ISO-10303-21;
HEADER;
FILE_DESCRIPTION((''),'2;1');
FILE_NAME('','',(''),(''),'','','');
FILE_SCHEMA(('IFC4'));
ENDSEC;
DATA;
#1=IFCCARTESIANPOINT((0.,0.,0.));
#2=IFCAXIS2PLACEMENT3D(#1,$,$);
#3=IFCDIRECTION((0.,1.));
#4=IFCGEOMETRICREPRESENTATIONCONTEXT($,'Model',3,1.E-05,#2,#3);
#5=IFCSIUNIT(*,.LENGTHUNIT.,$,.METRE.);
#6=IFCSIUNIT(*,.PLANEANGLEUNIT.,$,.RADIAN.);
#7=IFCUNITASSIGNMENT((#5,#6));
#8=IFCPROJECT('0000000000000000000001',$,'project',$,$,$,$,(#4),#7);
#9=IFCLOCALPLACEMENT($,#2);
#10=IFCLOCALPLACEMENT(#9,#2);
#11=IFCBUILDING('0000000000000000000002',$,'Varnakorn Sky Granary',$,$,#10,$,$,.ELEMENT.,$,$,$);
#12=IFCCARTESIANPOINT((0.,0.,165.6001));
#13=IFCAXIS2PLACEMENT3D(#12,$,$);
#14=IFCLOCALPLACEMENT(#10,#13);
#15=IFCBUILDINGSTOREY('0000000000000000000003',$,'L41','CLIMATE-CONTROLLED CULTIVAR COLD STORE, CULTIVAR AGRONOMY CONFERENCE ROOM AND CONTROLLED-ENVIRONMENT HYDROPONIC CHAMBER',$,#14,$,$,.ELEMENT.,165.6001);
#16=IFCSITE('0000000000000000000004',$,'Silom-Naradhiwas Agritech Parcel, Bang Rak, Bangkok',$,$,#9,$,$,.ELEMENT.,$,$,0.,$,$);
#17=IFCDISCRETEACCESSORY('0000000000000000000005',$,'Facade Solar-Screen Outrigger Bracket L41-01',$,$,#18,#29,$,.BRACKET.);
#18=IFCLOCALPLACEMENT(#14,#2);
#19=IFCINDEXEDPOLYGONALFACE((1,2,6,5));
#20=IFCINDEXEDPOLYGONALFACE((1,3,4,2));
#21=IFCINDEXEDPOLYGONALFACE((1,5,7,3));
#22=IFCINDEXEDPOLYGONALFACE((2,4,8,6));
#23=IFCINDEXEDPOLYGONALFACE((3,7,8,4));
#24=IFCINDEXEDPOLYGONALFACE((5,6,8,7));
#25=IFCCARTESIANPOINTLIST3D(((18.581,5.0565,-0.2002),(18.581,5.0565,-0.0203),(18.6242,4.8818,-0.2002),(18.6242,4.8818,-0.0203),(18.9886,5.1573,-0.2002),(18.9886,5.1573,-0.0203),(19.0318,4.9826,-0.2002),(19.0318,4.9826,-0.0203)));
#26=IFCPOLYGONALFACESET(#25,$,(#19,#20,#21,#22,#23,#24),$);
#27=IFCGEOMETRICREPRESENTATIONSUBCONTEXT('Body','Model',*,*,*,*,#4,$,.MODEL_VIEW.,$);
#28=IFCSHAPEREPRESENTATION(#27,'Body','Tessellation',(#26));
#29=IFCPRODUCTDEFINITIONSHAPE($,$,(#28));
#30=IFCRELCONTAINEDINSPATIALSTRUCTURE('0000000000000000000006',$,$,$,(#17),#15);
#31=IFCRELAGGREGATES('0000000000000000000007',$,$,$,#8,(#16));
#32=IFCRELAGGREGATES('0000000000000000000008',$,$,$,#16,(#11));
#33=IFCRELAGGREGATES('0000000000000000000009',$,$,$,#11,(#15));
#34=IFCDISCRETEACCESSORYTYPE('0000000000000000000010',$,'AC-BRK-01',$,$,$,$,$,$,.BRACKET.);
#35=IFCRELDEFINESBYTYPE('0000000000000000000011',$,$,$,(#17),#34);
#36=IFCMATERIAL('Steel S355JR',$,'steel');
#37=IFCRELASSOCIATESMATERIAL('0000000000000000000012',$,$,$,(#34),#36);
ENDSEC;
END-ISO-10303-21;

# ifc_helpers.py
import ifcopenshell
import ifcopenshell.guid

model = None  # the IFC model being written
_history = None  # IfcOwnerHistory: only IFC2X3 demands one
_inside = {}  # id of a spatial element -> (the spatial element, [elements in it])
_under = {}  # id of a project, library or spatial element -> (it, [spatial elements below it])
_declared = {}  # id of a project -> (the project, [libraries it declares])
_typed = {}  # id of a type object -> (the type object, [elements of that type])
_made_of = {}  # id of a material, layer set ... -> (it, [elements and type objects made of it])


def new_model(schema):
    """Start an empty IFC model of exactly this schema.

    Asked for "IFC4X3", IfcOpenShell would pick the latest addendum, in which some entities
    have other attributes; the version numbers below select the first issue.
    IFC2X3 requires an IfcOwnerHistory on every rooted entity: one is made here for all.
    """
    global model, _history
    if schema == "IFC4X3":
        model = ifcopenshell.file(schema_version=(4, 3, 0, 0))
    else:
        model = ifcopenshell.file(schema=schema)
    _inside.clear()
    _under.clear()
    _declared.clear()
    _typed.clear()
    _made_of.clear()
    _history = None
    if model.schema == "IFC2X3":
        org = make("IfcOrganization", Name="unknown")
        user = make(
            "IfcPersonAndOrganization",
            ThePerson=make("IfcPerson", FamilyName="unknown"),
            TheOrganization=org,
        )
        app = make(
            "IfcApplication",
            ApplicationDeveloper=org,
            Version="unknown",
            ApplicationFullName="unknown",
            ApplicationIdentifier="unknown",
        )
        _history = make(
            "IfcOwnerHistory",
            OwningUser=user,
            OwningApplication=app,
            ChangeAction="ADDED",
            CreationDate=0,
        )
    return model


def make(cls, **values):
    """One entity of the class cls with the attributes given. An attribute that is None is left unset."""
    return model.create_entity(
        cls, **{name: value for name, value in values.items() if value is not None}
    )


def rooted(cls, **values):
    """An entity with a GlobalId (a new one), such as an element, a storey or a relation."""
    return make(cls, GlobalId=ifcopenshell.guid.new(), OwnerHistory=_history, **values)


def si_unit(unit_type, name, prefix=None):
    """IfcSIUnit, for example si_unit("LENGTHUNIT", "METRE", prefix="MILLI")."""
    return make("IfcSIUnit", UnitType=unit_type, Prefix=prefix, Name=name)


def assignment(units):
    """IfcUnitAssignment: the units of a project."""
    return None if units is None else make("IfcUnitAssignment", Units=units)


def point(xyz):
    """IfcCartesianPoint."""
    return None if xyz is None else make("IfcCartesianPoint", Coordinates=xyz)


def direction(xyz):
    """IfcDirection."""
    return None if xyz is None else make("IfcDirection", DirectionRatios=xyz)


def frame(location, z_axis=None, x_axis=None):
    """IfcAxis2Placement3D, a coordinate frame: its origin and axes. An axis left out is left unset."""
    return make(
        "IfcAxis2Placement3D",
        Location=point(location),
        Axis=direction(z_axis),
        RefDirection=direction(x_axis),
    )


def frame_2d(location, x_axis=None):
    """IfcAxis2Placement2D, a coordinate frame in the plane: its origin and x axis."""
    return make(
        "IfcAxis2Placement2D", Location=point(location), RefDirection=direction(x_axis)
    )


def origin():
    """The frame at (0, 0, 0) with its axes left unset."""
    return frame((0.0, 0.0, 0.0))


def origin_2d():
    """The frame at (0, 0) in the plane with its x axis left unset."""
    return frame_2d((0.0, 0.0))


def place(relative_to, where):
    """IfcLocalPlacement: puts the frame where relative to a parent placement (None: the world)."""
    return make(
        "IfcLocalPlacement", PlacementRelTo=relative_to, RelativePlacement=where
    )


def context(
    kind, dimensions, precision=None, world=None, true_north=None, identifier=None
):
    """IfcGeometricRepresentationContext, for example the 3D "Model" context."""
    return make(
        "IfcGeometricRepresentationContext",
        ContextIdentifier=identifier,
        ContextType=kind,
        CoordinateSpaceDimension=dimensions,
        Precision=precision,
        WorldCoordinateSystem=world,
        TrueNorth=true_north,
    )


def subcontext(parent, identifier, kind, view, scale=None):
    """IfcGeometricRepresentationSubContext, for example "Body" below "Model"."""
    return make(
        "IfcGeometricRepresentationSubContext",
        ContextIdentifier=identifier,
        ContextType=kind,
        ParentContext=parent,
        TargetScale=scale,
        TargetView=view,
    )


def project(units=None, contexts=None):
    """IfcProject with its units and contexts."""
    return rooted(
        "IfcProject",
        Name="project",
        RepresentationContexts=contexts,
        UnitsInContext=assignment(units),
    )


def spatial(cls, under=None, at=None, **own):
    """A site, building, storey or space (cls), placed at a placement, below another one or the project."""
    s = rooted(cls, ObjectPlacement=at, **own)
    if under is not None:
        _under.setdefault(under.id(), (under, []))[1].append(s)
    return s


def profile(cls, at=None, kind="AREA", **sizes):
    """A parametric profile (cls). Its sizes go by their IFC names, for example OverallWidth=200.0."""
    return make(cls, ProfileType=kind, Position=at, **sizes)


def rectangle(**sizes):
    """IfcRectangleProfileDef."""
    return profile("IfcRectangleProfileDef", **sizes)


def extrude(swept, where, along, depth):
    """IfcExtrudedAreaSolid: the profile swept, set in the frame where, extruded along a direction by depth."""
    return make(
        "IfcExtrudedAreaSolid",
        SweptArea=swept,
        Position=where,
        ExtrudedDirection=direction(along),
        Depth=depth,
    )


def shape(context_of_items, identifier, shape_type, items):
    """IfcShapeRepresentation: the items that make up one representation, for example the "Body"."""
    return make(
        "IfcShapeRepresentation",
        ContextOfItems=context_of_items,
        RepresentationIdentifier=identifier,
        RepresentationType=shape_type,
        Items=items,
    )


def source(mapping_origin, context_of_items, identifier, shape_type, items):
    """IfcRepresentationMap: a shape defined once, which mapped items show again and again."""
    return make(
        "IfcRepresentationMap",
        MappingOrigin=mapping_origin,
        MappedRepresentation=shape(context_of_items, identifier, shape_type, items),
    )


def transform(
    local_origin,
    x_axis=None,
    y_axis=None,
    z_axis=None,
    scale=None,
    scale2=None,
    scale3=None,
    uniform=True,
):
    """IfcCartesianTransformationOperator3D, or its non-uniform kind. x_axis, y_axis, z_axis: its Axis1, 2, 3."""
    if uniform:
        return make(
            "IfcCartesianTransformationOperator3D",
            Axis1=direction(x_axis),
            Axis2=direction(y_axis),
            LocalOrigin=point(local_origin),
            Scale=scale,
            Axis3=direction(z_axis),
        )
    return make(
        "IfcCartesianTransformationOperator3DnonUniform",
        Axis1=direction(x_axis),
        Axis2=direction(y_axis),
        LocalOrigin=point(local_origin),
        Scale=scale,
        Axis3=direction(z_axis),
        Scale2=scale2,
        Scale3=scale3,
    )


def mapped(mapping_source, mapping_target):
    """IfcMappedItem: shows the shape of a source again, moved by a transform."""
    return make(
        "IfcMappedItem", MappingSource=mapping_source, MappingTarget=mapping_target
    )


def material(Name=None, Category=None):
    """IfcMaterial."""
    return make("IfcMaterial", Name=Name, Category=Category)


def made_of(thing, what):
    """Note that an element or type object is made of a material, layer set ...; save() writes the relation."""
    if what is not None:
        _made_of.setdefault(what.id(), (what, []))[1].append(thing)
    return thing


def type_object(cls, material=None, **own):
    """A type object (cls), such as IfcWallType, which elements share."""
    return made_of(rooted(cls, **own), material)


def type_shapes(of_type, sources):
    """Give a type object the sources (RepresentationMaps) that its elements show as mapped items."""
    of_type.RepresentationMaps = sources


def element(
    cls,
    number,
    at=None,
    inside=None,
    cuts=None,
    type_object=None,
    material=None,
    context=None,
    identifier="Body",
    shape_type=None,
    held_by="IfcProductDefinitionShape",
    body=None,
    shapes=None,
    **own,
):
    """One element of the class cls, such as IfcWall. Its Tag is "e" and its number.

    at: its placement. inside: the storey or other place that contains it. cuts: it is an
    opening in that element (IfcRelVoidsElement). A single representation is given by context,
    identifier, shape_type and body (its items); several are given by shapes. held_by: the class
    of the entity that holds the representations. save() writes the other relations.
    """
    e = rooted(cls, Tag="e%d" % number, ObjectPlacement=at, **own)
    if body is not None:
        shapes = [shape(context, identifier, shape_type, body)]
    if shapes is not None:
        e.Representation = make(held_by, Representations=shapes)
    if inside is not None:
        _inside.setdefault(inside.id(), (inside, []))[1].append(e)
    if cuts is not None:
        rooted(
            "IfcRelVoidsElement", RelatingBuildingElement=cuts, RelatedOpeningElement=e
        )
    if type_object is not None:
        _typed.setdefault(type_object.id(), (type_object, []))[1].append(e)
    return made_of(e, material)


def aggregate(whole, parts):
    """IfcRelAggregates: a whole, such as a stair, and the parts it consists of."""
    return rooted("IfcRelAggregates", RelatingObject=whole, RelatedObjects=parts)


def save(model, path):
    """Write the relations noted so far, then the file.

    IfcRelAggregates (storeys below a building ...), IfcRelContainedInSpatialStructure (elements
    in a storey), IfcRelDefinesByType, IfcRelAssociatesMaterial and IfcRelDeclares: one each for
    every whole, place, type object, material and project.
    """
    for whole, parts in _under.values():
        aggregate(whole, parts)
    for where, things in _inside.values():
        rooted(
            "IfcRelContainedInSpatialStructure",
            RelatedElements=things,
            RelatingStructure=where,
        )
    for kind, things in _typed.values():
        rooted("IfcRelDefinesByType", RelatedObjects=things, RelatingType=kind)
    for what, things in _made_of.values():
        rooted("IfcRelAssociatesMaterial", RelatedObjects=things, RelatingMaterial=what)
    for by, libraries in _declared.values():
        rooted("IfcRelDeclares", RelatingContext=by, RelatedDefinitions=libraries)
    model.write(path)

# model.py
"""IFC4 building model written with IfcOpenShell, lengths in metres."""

from ifc_helpers import new_model, si_unit, direction, frame, origin, origin_2d, place, context, subcontext, project, spatial, rectangle, extrude, source, transform, mapped, material, type_object, type_shapes, element, save


model = new_model("IFC4")

# Units and contexts
model_context = context("Model", 3, precision=1e-05, world=origin(), true_north=direction((0.0, 1.0)))
body_context = subcontext(model_context, "Body", "Model", "MODEL_VIEW")
ifc_project = project(units=[si_unit("LENGTHUNIT", "METRE"), si_unit("PLANEANGLEUNIT", "RADIAN")], contexts=[model_context])

# Site, building, storey
site_placement = place(None, origin())
site = spatial("IfcSite", under=ifc_project, at=site_placement, Name="Silom-Naradhiwas Agritech Parcel, Bang Rak, Bangkok", CompositionType="ELEMENT", RefElevation=0.0)
building_placement = place(site_placement, origin())
building = spatial("IfcBuilding", under=site, at=building_placement, Name="Varnakorn Sky Granary", CompositionType="ELEMENT")
storey_placement = place(building_placement, frame((0.0, 0.0, 165.6001)))
storey = spatial("IfcBuildingStorey", under=building, at=storey_placement, Name="L41", Description="CLIMATE-CONTROLLED CULTIVAR COLD STORE, CULTIVAR AGRONOMY CONFERENCE ROOM AND CONTROLLED-ENVIRONMENT HYDROPONIC CHAMBER", CompositionType="ELEMENT", Elevation=165.6001)

# Discrete accessory
ifc_material_1 = material(Name="Steel S355JR", Category="steel")
discrete_accessory_type = type_object("IfcDiscreteAccessoryType", Name="AC-BRK-01", PredefinedType="BRACKET", material=ifc_material_1)
shared_shape_1 = source(origin(), body_context, "Body", "SweptSolid", [
    extrude(rectangle(XDim=0.1799, YDim=0.4199, at=origin_2d()), origin(), (0.0, 0.0, 1.0), 0.1799),
])
type_shapes(discrete_accessory_type, [shared_shape_1])
discrete_accessory_placement = place(storey_placement, frame((18.8064, 5.0195, -0.2002), z_axis=(0.0, 0.0, 1.0), x_axis=(-0.239971, 0.97078, 0.0)))
element("IfcDiscreteAccessory", 1, at=discrete_accessory_placement, inside=storey, type_object=discrete_accessory_type, Name="Facade Solar-Screen Outrigger Bracket L41-01", PredefinedType="BRACKET", context=body_context, shape_type="MappedRepresentation", body=[
    mapped(shared_shape_1, transform((0.0, 0.0, 0.0), x_axis=(1.0, 0.0, 0.0), y_axis=(0.0, 1.0, 0.0), z_axis=(0.0, 0.0, 1.0), scale=1.0)),
])

save(model, "model.ifc")
